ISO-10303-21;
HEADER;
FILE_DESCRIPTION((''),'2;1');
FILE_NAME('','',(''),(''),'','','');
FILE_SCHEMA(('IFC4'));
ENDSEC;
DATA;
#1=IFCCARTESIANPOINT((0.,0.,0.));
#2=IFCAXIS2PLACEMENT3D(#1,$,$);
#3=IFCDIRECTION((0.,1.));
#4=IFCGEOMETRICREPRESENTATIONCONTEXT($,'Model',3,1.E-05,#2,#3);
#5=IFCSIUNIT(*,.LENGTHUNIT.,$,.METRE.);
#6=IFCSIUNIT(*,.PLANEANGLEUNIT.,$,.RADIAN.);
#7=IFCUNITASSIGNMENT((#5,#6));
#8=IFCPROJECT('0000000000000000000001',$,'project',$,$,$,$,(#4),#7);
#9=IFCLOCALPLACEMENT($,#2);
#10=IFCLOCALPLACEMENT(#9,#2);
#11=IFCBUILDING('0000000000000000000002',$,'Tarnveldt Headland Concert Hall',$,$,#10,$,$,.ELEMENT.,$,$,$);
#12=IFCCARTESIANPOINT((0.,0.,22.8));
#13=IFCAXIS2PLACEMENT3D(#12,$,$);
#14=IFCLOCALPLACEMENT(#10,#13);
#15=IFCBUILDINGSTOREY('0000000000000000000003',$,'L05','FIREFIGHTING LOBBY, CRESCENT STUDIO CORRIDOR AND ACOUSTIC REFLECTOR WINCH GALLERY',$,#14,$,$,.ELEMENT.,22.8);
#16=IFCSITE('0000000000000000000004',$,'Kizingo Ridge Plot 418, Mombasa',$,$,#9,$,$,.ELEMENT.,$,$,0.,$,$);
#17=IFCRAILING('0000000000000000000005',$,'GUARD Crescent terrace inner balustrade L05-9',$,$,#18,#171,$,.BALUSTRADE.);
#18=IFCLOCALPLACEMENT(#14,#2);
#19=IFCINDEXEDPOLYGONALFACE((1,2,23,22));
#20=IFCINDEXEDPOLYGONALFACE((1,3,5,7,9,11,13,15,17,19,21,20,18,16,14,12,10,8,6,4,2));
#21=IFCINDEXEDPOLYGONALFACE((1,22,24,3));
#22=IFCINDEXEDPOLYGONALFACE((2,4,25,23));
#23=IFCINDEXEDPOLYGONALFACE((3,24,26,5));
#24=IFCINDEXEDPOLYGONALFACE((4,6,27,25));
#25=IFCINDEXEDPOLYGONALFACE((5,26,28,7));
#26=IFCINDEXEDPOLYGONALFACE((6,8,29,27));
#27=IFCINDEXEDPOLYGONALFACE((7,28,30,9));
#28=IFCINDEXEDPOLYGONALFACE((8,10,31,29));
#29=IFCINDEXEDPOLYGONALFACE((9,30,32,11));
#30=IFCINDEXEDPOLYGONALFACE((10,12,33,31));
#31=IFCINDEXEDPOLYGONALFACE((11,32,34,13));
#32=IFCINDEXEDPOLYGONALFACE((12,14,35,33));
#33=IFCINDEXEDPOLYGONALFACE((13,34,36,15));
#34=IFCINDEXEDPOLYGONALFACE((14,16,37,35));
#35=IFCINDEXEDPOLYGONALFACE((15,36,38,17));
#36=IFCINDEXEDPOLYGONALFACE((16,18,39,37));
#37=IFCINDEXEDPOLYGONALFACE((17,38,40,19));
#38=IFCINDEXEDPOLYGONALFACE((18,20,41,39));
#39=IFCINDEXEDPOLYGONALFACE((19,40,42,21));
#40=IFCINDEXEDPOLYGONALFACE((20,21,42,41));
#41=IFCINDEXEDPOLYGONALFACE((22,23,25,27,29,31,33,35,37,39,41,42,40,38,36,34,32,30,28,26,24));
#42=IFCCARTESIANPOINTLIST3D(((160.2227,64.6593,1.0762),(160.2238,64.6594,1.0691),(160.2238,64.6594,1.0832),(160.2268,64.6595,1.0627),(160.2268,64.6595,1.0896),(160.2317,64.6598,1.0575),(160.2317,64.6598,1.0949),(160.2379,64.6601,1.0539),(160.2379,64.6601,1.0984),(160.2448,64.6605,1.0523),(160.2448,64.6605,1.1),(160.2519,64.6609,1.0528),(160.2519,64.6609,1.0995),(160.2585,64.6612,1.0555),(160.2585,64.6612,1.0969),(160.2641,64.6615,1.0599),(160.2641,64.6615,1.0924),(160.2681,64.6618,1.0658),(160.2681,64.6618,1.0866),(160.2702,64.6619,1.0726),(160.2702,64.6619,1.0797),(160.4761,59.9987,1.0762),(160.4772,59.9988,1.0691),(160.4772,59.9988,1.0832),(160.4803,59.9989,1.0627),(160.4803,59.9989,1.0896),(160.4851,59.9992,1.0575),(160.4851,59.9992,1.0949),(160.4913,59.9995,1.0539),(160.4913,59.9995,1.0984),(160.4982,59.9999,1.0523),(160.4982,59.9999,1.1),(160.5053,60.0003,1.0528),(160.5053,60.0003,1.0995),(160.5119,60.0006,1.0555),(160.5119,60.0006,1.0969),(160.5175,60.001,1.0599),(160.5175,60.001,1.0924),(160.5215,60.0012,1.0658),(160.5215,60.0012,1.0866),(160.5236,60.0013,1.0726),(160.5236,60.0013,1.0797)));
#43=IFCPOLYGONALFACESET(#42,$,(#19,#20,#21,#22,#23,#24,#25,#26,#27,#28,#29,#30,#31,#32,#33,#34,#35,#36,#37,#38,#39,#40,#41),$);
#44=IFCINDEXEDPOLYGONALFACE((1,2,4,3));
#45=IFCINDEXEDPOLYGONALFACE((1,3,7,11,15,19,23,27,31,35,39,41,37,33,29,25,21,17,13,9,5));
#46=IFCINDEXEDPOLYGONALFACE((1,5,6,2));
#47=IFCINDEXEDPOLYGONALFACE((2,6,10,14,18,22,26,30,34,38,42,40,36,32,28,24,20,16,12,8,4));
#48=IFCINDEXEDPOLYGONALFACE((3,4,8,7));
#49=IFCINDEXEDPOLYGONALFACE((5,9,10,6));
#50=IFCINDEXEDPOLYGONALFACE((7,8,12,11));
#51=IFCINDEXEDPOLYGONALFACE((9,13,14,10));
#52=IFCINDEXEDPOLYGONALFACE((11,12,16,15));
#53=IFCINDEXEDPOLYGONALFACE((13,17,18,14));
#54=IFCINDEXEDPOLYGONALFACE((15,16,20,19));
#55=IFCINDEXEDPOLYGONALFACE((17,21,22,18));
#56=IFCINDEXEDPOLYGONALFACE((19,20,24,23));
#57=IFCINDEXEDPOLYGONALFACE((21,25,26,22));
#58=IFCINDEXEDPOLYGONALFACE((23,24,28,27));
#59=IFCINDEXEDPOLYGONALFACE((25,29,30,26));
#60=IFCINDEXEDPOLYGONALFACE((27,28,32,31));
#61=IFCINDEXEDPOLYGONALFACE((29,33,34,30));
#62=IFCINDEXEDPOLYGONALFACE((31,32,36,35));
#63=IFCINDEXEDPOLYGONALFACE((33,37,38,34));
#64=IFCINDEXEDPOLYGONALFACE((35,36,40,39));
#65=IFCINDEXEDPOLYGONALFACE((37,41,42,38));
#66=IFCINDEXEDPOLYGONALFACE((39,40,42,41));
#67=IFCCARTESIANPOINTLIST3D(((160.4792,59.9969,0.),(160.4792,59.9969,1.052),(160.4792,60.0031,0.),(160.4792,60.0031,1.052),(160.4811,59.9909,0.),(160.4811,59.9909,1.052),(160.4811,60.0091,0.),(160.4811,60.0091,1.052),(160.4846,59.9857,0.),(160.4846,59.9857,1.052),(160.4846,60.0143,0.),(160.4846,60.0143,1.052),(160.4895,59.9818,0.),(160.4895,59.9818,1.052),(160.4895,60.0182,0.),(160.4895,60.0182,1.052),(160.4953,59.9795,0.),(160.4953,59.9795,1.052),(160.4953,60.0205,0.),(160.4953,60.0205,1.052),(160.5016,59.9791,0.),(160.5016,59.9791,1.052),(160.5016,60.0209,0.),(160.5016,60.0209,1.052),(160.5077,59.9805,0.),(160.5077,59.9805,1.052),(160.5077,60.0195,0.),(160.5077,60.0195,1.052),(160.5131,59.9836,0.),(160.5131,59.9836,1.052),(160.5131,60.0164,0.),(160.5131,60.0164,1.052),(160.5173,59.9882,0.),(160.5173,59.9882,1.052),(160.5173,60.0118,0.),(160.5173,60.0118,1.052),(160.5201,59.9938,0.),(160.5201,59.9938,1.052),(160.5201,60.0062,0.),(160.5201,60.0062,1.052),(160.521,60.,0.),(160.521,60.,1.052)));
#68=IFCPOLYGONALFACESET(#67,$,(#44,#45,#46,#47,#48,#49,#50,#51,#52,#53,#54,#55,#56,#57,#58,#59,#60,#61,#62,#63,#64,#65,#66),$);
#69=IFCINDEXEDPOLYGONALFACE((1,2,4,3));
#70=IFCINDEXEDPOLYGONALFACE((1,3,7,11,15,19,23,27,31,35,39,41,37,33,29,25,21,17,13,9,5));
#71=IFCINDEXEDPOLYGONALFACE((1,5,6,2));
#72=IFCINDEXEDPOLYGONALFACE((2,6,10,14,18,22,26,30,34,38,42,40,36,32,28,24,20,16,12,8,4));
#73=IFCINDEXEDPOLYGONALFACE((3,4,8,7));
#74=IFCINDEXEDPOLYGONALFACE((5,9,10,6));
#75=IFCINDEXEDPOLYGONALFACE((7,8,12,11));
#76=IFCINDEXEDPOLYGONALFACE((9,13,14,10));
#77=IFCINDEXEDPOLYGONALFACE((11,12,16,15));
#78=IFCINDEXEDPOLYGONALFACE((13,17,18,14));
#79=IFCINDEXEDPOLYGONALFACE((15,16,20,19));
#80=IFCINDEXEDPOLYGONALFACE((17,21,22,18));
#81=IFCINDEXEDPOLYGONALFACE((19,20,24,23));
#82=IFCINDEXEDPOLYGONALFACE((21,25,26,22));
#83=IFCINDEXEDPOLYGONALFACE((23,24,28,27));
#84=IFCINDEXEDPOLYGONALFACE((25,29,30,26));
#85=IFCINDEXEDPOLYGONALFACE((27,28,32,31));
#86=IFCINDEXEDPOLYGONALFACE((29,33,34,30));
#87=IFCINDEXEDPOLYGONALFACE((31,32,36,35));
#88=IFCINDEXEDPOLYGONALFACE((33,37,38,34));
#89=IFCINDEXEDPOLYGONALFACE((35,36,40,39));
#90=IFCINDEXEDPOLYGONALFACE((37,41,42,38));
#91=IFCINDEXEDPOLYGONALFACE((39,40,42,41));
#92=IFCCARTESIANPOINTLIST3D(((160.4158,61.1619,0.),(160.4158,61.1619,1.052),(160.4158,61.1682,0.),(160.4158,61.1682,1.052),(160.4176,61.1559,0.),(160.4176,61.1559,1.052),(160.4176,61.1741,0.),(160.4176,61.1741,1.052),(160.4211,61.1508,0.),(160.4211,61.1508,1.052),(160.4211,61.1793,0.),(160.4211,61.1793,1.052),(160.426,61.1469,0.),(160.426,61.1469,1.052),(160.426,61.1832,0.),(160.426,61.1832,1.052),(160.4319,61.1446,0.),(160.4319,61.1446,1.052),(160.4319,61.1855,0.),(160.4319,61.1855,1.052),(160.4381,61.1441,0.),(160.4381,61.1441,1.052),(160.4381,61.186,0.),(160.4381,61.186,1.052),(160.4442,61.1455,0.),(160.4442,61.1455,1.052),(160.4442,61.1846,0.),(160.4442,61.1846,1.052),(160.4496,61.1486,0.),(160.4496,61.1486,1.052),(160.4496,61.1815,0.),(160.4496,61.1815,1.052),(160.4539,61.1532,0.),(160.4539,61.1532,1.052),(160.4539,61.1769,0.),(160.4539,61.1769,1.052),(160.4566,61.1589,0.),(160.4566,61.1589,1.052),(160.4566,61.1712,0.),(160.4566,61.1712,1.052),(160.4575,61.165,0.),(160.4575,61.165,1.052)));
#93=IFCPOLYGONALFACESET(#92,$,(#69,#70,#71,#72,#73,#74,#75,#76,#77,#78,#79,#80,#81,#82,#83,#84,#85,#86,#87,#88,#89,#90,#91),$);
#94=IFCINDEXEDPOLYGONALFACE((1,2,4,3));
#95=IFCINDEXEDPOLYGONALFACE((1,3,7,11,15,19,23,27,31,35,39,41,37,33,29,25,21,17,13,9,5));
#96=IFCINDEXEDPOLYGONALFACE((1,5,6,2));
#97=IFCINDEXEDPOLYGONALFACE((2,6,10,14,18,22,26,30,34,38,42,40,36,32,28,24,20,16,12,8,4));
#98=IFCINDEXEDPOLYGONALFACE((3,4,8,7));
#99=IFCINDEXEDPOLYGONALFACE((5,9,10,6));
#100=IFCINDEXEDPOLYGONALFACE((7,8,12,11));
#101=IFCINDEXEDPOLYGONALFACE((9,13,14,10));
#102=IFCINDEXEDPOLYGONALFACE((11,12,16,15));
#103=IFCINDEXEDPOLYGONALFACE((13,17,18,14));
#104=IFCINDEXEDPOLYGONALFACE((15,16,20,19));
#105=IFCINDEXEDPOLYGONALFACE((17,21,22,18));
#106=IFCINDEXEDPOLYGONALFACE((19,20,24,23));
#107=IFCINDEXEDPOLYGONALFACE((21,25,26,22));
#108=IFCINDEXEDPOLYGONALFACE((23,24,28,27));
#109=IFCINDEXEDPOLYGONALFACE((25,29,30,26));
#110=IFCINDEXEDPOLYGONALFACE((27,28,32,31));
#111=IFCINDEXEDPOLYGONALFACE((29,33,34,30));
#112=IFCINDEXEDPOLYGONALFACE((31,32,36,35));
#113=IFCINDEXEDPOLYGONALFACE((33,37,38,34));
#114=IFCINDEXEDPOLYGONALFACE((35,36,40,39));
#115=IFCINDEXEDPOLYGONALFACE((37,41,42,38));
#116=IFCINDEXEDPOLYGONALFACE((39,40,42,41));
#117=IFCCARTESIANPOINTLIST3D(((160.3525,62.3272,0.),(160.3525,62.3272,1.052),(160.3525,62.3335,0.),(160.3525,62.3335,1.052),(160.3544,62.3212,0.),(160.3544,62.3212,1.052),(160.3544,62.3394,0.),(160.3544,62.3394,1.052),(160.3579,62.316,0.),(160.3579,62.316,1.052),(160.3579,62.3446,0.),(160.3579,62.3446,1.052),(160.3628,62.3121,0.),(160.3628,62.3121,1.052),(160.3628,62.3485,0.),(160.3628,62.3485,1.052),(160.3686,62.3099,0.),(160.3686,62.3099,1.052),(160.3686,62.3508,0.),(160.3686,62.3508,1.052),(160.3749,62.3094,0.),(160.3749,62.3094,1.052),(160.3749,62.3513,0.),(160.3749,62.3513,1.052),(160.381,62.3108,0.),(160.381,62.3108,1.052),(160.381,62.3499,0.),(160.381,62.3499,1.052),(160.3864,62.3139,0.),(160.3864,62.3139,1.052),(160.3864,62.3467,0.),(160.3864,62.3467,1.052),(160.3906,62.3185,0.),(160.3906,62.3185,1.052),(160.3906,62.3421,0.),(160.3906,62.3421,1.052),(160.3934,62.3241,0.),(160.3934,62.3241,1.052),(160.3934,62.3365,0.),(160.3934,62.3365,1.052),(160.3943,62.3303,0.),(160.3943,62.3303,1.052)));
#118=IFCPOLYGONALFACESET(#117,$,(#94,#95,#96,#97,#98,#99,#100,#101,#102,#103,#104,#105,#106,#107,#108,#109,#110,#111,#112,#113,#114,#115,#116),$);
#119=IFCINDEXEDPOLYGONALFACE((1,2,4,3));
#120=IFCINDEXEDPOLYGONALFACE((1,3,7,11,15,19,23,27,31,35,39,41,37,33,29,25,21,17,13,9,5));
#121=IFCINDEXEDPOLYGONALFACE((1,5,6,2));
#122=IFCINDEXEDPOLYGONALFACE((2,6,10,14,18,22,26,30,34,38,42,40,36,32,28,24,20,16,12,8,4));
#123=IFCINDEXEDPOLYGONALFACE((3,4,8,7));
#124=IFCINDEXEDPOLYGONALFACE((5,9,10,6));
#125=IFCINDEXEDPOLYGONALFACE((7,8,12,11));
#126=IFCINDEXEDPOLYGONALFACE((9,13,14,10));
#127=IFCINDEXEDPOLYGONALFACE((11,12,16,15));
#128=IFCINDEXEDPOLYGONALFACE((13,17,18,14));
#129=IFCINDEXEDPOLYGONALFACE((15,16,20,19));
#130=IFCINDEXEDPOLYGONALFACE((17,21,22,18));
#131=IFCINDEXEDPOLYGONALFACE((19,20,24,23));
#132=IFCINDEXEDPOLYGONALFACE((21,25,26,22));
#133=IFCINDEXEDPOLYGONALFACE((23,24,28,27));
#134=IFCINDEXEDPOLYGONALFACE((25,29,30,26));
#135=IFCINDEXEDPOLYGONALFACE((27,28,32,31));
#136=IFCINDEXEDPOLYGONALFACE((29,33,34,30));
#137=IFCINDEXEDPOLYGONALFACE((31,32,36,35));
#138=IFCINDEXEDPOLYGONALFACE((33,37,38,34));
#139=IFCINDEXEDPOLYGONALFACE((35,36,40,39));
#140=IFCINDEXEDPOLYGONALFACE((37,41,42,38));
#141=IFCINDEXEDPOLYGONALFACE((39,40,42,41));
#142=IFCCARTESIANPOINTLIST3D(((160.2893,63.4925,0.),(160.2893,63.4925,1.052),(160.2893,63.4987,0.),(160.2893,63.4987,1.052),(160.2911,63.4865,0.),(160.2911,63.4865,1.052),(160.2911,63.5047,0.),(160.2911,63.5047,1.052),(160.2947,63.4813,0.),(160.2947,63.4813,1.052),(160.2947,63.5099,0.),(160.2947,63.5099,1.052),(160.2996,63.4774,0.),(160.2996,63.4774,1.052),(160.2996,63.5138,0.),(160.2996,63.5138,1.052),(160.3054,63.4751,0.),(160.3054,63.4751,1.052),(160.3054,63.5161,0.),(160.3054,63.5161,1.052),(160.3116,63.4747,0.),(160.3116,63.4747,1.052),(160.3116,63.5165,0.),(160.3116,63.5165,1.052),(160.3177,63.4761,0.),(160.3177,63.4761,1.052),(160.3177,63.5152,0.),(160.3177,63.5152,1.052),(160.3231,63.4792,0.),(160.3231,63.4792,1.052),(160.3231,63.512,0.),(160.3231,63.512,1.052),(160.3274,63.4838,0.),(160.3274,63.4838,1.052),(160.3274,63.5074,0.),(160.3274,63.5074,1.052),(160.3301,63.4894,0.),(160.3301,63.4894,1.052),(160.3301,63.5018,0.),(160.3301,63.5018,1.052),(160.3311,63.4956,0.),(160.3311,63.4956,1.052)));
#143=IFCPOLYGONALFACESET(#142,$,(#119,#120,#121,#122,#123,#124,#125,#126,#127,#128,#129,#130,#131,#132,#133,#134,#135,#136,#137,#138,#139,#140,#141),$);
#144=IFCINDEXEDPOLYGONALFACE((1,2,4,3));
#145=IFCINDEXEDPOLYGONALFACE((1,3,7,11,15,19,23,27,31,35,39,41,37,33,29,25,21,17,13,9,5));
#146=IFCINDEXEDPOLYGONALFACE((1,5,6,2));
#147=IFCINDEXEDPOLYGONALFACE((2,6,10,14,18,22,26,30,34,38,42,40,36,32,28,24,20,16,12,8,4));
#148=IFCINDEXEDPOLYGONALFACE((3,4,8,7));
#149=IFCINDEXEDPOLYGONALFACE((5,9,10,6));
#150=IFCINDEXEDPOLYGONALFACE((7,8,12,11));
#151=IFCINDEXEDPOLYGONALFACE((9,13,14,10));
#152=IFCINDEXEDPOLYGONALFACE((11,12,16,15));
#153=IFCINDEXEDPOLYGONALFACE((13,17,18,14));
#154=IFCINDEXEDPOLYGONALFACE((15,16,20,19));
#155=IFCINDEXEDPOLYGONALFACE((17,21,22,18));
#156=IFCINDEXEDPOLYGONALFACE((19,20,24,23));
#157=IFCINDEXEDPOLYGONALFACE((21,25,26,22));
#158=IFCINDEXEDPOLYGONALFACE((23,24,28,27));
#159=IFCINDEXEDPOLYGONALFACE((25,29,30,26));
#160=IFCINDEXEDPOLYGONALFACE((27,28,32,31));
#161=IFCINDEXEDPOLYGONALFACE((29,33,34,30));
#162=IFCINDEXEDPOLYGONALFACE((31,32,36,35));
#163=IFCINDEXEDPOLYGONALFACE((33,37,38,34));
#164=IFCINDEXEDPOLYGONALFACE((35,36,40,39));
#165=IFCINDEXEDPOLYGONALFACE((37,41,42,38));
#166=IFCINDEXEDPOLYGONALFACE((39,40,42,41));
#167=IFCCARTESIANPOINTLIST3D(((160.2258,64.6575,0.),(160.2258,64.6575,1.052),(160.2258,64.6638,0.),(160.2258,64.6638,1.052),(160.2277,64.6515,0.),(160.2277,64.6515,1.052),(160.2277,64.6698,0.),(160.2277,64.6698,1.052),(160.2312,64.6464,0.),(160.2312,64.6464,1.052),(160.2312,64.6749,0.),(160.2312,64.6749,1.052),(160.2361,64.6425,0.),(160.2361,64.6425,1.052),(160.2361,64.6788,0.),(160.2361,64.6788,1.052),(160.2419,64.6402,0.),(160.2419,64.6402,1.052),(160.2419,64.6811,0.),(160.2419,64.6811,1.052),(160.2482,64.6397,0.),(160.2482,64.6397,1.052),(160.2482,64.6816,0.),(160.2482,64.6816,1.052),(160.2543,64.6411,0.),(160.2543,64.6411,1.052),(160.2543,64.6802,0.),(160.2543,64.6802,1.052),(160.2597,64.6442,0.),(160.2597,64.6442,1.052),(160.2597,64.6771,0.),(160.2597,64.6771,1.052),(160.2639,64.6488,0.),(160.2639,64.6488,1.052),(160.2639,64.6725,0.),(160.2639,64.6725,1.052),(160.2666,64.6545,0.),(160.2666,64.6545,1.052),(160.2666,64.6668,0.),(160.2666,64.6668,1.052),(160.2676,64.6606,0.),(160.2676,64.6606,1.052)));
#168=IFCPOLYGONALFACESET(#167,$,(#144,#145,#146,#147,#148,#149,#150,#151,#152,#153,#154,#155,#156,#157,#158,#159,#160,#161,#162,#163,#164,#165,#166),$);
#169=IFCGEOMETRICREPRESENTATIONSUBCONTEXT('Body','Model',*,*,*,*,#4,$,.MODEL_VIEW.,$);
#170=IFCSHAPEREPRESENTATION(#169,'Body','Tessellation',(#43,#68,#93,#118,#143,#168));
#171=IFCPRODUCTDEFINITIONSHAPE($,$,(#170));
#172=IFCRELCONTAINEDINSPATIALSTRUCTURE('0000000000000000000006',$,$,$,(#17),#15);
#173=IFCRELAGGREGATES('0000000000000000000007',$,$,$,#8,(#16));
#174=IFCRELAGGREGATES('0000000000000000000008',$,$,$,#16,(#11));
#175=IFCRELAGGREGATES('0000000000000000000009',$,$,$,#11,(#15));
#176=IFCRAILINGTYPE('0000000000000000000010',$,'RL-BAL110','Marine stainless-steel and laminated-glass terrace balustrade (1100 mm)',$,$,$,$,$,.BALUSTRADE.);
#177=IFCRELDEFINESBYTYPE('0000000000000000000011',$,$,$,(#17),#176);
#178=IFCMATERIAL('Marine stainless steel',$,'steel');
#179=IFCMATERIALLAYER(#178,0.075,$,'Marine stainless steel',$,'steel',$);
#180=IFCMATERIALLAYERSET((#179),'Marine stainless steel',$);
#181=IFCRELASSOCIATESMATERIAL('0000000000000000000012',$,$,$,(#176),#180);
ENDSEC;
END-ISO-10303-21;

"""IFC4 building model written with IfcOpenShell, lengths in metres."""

from ifc_helpers import new_model, si_unit, direction, frame, origin, origin_2d, place, context, subcontext, project, spatial, circle, extrude, material, layer, layer_set, type_object, element, save


model = new_model("IFC4")

# Units and contexts
model_context = context("Model", 3, precision=1e-05, world=origin(), true_north=direction((0.0, 1.0)))
body_context = subcontext(model_context, "Body", "Model", "MODEL_VIEW")
ifc_project = project(units=[si_unit("LENGTHUNIT", "METRE"), si_unit("PLANEANGLEUNIT", "RADIAN")], contexts=[model_context])

# Site, building, storey
site_placement = place(None, origin())
site = spatial("IfcSite", under=ifc_project, at=site_placement, Name="Kizingo Ridge Plot 418, Mombasa", CompositionType="ELEMENT", RefElevation=0.0)
building_placement = place(site_placement, origin())
building = spatial("IfcBuilding", under=site, at=building_placement, Name="Tarnveldt Headland Concert Hall", CompositionType="ELEMENT")
storey_placement = place(building_placement, frame((0.0, 0.0, 22.8)))
storey = spatial("IfcBuildingStorey", under=building, at=storey_placement, Name="L05", Description="FIREFIGHTING LOBBY, CRESCENT STUDIO CORRIDOR AND ACOUSTIC REFLECTOR WINCH GALLERY", CompositionType="ELEMENT", Elevation=22.8)

# Railing
ifc_material_1 = material(Name="Marine stainless steel", Category="steel")
ifc_layer_1 = layer(ifc_material_1, 0.075, Name="Marine stainless steel", Category="steel")
ifc_layer_set_1 = layer_set([ifc_layer_1], Name="Marine stainless steel")
railing_type = type_object("IfcRailingType", Name="RL-BAL110", Description="Marine stainless-steel and laminated-glass terrace balustrade (1100 mm)", PredefinedType="BALUSTRADE", material=ifc_layer_set_1)
railing_1_placement = place(storey_placement, frame((160.5, 60.0, 0.0)))
element("IfcRailing", 1, at=railing_1_placement, inside=storey, type_object=railing_type, Name="GUARD Crescent terrace inner balustrade L05-9", PredefinedType="BALUSTRADE", context=body_context, shape_type="SweptSolid", body=[
    extrude(circle(Radius=0.0239, at=origin_2d()), frame((0.0, 0.0, 1.0762), z_axis=(-0.054294, 0.998525, 0.0), x_axis=(-0.998525, -0.054294, 0.0)), (0.0, 0.0, 1.0), 4.6675),
    extrude(circle(Radius=0.021, at=origin_2d()), origin(), (0.0, 0.0, 1.0), 1.052),
    extrude(circle(Radius=0.021, at=origin_2d()), frame((-0.0635, 1.165, 0.0)), (0.0, 0.0, 1.0), 1.052),
    extrude(circle(Radius=0.021, at=origin_2d()), frame((-0.1267, 2.3303, 0.0)), (0.0, 0.0, 1.0), 1.052),
    extrude(circle(Radius=0.021, at=origin_2d()), frame((-0.1899, 3.4956, 0.0)), (0.0, 0.0, 1.0), 1.052),
    extrude(circle(Radius=0.021, at=origin_2d()), frame((-0.2534, 4.6606, 0.0)), (0.0, 0.0, 1.0), 1.052),
])

save(model, "model.ifc")
